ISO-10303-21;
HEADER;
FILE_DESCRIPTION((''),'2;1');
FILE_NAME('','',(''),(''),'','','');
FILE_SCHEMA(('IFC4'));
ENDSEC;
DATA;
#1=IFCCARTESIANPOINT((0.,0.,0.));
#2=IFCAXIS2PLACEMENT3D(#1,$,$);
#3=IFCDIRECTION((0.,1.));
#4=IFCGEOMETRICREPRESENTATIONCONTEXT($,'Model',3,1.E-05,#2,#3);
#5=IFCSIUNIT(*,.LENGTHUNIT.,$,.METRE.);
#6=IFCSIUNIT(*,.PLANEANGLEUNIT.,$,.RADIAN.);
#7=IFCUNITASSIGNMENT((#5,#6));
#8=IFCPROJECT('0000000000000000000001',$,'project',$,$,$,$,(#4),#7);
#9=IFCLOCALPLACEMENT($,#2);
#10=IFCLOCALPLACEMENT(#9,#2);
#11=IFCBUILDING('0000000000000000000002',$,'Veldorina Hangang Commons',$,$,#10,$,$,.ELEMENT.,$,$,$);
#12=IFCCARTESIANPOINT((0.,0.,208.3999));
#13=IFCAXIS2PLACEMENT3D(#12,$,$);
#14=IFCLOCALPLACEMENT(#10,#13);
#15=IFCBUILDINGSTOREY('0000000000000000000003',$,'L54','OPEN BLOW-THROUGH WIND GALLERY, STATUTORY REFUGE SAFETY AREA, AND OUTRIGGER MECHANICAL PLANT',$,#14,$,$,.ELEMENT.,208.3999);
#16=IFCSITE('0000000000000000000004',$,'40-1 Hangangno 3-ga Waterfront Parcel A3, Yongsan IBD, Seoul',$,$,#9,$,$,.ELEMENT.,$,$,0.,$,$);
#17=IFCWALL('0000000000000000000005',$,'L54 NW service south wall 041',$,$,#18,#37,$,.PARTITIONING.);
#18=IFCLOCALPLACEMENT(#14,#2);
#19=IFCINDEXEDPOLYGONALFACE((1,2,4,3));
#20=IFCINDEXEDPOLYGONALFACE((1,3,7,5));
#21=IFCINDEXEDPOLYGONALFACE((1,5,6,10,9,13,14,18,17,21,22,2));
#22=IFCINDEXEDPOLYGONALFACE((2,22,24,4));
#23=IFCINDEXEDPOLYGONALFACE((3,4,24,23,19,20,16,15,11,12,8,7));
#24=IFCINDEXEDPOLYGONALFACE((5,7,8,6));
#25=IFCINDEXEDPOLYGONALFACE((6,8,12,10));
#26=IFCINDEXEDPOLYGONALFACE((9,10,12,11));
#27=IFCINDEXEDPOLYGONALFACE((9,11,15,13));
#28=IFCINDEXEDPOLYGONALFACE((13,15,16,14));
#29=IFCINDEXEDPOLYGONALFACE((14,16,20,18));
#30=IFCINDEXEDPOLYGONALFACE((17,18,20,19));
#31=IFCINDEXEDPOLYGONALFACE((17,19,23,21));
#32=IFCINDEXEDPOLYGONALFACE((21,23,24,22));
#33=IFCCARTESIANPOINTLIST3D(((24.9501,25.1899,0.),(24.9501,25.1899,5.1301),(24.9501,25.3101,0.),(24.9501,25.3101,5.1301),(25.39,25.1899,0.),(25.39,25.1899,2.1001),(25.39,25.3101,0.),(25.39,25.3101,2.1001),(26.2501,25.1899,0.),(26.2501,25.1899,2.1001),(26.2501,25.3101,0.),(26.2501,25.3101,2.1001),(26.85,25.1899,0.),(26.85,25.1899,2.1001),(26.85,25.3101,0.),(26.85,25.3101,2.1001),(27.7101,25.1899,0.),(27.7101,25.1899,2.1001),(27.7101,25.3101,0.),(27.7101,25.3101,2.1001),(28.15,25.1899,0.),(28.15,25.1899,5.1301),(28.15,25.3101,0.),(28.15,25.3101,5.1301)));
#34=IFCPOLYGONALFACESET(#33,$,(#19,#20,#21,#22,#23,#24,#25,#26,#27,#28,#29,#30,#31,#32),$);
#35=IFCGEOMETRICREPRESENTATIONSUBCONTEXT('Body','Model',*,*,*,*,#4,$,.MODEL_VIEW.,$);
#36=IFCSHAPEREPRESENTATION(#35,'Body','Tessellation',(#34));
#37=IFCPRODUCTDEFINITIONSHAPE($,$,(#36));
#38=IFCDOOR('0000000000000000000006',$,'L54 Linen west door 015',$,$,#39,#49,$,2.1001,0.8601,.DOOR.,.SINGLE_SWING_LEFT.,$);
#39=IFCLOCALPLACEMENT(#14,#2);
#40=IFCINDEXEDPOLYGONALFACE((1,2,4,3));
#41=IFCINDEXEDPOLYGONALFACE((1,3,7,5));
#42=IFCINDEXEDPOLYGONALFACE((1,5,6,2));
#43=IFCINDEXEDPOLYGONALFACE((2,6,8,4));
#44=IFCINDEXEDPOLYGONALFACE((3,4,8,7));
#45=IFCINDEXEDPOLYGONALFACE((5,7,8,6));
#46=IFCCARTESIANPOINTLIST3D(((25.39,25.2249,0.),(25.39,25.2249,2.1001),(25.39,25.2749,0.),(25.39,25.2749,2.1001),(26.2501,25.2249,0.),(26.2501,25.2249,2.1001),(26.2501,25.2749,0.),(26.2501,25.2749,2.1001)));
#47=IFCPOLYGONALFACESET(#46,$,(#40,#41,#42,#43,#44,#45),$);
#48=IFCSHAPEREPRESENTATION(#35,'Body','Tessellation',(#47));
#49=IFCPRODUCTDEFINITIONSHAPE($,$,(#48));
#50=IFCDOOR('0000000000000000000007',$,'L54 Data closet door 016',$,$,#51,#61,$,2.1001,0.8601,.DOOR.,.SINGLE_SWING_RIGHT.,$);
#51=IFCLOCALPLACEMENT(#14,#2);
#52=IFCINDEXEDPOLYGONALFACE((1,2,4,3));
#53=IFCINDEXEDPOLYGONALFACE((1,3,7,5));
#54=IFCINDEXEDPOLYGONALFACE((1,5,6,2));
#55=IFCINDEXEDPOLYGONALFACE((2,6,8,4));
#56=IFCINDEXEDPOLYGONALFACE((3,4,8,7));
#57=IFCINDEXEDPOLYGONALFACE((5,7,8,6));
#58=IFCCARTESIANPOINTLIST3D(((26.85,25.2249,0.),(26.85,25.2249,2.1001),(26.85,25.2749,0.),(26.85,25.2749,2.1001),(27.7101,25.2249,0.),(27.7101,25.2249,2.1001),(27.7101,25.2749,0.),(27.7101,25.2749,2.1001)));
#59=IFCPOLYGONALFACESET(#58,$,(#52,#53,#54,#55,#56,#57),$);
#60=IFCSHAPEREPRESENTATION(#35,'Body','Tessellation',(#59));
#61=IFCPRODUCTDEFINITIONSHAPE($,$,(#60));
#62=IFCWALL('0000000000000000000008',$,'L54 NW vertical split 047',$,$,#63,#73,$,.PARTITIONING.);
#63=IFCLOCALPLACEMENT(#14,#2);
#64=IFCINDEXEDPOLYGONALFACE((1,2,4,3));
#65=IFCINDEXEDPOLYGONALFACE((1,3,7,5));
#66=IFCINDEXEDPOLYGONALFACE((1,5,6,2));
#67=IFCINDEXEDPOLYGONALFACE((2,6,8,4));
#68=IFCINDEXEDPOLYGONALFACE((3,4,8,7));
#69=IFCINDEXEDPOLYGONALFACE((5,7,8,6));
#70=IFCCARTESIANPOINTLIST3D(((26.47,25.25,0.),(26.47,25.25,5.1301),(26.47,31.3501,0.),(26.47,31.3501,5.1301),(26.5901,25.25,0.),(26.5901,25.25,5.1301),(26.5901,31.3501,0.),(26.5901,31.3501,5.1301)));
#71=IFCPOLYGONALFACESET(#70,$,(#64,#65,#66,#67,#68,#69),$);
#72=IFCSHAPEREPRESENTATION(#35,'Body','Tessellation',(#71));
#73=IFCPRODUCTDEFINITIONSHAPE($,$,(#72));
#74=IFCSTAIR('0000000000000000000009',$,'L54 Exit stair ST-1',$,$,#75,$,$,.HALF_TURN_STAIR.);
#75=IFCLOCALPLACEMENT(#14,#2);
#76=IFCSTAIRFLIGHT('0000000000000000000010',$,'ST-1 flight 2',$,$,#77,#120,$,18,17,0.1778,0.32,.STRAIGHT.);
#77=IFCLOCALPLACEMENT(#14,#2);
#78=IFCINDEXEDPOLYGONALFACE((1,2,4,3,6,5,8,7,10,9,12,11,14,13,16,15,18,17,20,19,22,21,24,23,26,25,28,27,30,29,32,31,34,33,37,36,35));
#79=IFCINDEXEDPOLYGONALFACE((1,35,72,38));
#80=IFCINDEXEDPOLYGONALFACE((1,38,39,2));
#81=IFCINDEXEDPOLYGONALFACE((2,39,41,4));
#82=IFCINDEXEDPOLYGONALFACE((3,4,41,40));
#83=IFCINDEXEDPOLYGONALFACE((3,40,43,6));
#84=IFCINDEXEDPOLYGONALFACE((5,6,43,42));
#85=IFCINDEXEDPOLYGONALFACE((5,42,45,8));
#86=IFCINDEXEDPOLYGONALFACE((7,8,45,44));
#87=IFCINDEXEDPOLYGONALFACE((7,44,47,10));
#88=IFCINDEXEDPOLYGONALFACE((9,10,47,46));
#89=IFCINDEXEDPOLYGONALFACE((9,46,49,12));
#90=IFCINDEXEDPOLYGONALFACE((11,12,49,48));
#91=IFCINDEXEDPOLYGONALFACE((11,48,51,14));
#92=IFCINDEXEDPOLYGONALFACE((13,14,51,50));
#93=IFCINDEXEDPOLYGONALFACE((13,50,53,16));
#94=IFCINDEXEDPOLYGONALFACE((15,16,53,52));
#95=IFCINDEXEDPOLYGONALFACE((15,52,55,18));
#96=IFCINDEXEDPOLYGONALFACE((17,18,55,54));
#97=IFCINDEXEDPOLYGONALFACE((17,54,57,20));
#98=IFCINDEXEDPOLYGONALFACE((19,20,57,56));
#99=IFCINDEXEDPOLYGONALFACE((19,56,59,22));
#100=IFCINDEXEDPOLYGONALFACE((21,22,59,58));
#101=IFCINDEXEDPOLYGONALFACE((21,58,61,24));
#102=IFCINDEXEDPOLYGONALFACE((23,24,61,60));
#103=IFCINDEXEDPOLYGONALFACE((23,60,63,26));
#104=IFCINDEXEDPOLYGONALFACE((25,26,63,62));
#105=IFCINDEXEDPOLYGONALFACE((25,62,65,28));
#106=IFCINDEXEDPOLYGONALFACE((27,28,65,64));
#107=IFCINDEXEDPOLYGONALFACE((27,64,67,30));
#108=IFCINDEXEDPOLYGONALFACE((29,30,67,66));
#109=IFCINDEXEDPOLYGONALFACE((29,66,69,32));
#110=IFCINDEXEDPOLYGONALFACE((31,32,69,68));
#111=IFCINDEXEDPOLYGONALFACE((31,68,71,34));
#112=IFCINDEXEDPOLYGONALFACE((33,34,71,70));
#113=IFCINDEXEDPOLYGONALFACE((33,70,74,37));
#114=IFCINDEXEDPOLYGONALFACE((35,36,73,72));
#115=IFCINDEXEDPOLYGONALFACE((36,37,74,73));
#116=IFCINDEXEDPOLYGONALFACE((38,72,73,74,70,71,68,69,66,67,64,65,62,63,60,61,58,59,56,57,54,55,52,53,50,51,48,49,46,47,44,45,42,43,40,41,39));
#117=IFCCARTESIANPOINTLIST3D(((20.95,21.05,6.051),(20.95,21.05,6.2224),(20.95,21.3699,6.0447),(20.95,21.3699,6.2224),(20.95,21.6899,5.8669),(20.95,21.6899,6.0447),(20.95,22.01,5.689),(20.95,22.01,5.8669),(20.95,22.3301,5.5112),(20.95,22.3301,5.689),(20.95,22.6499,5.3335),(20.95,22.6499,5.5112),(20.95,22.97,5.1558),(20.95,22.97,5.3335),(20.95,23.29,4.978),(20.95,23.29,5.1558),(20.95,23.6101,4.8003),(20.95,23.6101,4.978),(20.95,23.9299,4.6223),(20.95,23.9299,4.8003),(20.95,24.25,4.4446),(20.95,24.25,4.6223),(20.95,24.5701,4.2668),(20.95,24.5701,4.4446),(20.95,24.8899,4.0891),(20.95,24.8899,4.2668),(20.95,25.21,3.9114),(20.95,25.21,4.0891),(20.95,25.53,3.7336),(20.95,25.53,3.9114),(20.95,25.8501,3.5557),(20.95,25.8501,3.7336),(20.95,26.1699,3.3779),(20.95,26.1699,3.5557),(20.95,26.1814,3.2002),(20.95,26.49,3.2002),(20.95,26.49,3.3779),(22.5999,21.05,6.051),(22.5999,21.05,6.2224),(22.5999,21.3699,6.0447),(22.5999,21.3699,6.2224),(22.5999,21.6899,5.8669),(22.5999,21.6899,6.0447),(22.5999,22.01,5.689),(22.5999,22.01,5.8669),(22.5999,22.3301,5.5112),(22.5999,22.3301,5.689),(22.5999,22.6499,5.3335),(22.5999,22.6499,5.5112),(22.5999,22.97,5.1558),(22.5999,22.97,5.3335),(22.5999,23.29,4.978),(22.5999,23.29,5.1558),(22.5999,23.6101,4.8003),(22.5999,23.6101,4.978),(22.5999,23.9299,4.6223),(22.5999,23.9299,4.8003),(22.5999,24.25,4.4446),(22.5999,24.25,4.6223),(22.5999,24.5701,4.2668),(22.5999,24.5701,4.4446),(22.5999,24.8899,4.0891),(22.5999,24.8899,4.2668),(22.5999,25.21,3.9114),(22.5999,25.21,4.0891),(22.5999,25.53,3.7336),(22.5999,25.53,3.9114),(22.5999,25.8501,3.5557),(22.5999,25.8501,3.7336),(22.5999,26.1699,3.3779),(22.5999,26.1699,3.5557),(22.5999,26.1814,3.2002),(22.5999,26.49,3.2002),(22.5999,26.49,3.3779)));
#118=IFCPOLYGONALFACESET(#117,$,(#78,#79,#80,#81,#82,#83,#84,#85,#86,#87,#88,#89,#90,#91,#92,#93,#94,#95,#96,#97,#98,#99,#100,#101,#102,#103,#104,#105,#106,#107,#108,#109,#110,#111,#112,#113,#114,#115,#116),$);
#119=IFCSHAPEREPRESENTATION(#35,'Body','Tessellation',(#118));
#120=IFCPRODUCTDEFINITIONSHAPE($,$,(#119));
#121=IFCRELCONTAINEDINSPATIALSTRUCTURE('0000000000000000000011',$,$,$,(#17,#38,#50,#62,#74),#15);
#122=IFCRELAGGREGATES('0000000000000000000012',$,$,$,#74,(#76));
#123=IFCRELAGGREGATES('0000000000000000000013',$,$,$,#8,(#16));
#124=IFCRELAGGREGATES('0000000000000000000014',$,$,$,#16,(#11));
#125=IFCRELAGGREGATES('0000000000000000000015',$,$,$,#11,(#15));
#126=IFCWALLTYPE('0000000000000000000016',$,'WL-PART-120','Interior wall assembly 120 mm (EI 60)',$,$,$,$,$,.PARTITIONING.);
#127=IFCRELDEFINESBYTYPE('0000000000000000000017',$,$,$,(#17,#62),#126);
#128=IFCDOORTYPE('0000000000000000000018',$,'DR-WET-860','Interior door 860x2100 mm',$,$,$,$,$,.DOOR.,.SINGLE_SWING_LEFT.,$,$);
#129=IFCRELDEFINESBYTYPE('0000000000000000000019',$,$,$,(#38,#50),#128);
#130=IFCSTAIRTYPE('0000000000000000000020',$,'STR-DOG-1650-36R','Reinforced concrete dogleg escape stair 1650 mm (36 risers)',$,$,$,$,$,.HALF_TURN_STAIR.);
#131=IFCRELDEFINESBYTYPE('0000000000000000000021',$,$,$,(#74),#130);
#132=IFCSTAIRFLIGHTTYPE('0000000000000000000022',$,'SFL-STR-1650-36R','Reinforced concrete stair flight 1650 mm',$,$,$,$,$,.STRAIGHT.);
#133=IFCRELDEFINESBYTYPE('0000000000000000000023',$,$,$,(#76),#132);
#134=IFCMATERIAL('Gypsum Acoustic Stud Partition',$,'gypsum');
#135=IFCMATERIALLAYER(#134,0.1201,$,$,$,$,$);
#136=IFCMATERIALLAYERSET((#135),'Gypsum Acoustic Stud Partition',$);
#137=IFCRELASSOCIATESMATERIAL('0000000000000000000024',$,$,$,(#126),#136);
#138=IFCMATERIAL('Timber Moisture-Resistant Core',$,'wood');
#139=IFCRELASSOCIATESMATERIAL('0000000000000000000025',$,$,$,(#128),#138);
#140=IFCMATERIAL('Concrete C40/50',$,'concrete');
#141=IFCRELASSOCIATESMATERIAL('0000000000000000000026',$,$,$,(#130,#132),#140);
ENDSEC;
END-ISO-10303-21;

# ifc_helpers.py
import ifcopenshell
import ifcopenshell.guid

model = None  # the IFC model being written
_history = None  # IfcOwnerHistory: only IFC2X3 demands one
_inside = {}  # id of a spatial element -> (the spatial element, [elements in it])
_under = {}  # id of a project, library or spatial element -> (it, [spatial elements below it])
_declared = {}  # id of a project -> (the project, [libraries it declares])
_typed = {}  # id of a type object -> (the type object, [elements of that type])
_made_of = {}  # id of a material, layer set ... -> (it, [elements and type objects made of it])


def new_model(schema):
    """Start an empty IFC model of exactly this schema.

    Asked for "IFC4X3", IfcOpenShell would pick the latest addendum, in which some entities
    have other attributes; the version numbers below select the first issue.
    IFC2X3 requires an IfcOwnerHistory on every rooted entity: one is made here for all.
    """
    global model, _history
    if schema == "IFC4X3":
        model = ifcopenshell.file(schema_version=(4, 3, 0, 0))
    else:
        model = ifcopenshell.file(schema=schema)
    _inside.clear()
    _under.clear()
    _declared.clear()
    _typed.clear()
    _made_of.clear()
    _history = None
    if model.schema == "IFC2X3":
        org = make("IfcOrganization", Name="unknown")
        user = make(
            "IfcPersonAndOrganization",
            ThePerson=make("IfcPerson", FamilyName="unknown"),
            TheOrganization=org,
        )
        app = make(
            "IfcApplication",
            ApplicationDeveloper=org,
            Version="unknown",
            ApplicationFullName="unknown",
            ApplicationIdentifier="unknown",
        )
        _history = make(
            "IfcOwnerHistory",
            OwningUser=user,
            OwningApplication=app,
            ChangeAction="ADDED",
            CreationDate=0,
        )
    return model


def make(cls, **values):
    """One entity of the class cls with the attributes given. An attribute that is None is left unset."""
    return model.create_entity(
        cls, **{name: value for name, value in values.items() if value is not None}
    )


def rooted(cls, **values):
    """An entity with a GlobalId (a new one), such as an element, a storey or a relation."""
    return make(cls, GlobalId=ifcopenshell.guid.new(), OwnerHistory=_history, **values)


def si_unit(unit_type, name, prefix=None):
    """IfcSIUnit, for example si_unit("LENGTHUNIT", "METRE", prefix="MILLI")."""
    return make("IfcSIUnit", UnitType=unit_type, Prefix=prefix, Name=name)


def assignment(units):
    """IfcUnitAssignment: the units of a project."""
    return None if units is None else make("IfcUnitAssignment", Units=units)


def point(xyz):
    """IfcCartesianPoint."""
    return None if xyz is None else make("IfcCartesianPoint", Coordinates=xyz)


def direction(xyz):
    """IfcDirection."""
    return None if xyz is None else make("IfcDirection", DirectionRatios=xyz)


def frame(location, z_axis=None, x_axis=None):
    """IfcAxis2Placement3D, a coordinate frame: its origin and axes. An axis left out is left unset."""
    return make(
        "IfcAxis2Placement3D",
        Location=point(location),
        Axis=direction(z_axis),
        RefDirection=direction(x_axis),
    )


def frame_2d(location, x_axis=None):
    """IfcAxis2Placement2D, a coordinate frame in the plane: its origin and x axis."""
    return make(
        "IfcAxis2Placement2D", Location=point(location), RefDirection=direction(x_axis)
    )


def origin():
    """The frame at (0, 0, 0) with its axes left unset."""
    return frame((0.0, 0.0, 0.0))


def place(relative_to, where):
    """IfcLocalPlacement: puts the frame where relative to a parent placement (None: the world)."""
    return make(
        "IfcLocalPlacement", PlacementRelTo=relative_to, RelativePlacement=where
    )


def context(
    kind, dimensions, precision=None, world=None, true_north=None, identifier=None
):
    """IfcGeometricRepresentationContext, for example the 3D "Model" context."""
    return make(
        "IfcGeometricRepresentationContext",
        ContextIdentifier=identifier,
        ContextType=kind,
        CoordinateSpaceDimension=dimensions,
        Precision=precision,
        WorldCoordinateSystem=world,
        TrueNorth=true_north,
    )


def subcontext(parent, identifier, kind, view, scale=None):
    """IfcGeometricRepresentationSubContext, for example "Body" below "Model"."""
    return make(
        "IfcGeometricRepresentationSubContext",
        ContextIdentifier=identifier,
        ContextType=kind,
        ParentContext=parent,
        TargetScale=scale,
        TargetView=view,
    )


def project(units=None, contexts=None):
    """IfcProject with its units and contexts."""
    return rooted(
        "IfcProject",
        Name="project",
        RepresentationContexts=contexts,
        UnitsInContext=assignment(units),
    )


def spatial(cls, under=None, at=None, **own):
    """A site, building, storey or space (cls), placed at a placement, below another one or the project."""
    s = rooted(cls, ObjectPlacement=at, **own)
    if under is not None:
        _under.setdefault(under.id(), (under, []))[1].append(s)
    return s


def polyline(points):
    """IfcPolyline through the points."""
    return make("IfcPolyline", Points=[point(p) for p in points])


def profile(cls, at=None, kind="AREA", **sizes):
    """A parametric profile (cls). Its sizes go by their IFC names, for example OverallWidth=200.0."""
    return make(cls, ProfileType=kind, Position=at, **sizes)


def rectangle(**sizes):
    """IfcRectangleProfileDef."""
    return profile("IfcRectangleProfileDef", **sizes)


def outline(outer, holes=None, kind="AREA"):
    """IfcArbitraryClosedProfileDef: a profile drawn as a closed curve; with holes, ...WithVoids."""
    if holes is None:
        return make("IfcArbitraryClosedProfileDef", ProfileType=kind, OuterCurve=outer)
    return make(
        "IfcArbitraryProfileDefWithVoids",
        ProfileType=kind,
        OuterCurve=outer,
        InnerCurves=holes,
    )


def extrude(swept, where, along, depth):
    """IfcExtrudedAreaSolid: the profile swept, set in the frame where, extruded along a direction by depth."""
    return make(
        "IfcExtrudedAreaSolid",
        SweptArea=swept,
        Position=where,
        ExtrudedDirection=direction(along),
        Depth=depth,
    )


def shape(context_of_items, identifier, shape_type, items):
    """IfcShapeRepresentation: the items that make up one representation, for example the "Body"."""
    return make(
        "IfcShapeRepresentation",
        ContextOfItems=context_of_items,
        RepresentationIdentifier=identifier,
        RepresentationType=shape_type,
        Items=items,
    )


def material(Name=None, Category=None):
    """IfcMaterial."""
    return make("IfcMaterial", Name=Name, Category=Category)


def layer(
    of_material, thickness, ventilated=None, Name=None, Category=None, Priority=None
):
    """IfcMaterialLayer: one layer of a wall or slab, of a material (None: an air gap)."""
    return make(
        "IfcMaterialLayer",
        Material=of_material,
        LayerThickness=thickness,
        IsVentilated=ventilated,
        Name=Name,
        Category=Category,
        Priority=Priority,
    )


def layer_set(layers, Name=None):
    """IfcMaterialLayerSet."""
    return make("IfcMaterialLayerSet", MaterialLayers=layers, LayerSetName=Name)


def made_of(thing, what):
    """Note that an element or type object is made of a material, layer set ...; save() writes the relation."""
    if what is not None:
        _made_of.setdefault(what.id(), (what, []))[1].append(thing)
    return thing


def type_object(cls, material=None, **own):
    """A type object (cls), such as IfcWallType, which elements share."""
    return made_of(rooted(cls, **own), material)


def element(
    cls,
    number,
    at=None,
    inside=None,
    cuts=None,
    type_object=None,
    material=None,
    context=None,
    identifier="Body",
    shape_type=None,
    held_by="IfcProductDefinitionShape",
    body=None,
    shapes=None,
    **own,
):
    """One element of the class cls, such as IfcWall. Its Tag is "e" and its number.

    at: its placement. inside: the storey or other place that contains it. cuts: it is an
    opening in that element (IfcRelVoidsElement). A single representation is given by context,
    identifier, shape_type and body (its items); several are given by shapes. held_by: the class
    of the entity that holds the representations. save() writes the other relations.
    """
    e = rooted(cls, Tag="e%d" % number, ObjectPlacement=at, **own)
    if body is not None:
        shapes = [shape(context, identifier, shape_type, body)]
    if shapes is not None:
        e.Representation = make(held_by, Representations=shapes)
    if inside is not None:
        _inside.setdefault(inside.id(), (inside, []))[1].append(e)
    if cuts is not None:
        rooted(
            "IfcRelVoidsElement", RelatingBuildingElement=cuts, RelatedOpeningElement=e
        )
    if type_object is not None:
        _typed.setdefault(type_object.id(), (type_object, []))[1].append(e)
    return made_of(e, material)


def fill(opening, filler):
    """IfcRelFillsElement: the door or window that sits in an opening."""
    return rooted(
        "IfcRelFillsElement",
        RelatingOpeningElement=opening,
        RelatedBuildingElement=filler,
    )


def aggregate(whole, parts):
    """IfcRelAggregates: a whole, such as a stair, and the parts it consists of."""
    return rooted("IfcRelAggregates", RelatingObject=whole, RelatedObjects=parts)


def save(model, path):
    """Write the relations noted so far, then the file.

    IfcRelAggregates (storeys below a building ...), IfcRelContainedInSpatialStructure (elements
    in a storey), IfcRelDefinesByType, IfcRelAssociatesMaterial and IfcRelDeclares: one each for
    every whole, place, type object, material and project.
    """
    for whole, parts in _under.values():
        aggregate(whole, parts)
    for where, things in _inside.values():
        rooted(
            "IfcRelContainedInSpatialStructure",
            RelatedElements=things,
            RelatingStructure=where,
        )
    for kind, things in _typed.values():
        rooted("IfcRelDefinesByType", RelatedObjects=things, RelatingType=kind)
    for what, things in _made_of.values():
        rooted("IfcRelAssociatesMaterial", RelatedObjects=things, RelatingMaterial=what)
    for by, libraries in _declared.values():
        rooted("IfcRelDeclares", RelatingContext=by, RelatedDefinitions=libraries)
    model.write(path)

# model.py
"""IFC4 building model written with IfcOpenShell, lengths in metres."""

from ifc_helpers import new_model, si_unit, direction, frame, frame_2d, origin, place, context, subcontext, project, spatial, polyline, rectangle, outline, extrude, material, layer, layer_set, type_object, element, fill, aggregate, save


model = new_model("IFC4")

# Units and contexts
model_context = context("Model", 3, precision=1e-05, world=origin(), true_north=direction((0.0, 1.0)))
body_context = subcontext(model_context, "Body", "Model", "MODEL_VIEW")
ifc_project = project(units=[si_unit("LENGTHUNIT", "METRE"), si_unit("PLANEANGLEUNIT", "RADIAN")], contexts=[model_context])

# Site, building, storey
site_placement = place(None, origin())
site = spatial("IfcSite", under=ifc_project, at=site_placement, Name="40-1 Hangangno 3-ga Waterfront Parcel A3, Yongsan IBD, Seoul", CompositionType="ELEMENT", RefElevation=0.0)
building_placement = place(site_placement, origin())
building = spatial("IfcBuilding", under=site, at=building_placement, Name="Veldorina Hangang Commons", CompositionType="ELEMENT")
storey_placement = place(building_placement, frame((0.0, 0.0, 208.3999)))
storey = spatial("IfcBuildingStorey", under=building, at=storey_placement, Name="L54", Description="OPEN BLOW-THROUGH WIND GALLERY, STATUTORY REFUGE SAFETY AREA, AND OUTRIGGER MECHANICAL PLANT", CompositionType="ELEMENT", Elevation=208.3999)

# Shared definitions
ifc_material_1 = material(Name="Gypsum Acoustic Stud Partition", Category="gypsum")
ifc_layer_1 = layer(ifc_material_1, 0.1201)
ifc_layer_set_1 = layer_set([ifc_layer_1], Name="Gypsum Acoustic Stud Partition")
wall_type_1 = type_object("IfcWallType", Name="WL-PART-120", Description="Interior wall assembly 120 mm (EI 60)", PredefinedType="PARTITIONING", material=ifc_layer_set_1)

# Wall, openings, doors
wall_1_placement = place(storey_placement, frame((24.95, 25.25, 0.0), z_axis=(0.0, 0.0, 1.0), x_axis=(1.0, 0.0, 0.0)))
wall_1 = element("IfcWall", 1, at=wall_1_placement, inside=storey, type_object=wall_type_1, Name="L54 NW service south wall 041", PredefinedType="PARTITIONING", context=body_context, shape_type="SweptSolid", body=[
    extrude(rectangle(XDim=3.2, YDim=0.1201, at=frame_2d((1.6001, 0.0))), origin(), (0.0, 0.0, 1.0), 5.1301),
])
opening_1_placement = place(wall_1_placement, frame((0.4399, 0.0, 0.0)))
opening_1 = element("IfcOpeningElement", 2, at=opening_1_placement, cuts=wall_1, PredefinedType="OPENING", context=body_context, shape_type="SweptSolid", body=[
    extrude(rectangle(XDim=0.8601, YDim=2.1001, at=frame_2d((0.4302, 1.05))), frame((0.0, 0.0701, 0.0), z_axis=(0.0, -1.0, 0.0), x_axis=(1.0, 0.0, 0.0)), (0.0, 0.0, 1.0), 0.1401),
])
opening_2_placement = place(wall_1_placement, frame((1.8999, 0.0, 0.0)))
opening_2 = element("IfcOpeningElement", 3, at=opening_2_placement, cuts=wall_1, PredefinedType="OPENING", context=body_context, shape_type="SweptSolid", body=[
    extrude(rectangle(XDim=0.8601, YDim=2.1001, at=frame_2d((0.4302, 1.05))), frame((0.0, 0.0701, 0.0), z_axis=(0.0, -1.0, 0.0), x_axis=(1.0, 0.0, 0.0)), (0.0, 0.0, 1.0), 0.1401),
])
ifc_material_2 = material(Name="Timber Moisture-Resistant Core", Category="wood")
door_type_1 = type_object("IfcDoorType", Name="DR-WET-860", Description="Interior door 860x2100 mm", OperationType="SINGLE_SWING_LEFT", PredefinedType="DOOR", material=ifc_material_2)
door_1_placement = place(opening_1_placement, origin())
door_1 = element("IfcDoor", 4, at=door_1_placement, inside=storey, type_object=door_type_1, Name="L54 Linen west door 015", OperationType="SINGLE_SWING_LEFT", OverallHeight=2.1001, OverallWidth=0.8601, PredefinedType="DOOR", context=body_context, shape_type="SweptSolid", body=[
    extrude(rectangle(XDim=0.8601, YDim=2.1001, at=frame_2d((0.4302, 1.05))), frame((0.0, 0.0249, 0.0), z_axis=(0.0, -1.0, 0.0), x_axis=(1.0, 0.0, 0.0)), (0.0, 0.0, 1.0), 0.05),
])
fill(opening_1, door_1)
door_2_placement = place(opening_2_placement, origin())
door_2 = element("IfcDoor", 5, at=door_2_placement, inside=storey, type_object=door_type_1, Name="L54 Data closet door 016", OperationType="SINGLE_SWING_RIGHT", OverallHeight=2.1001, OverallWidth=0.8601, PredefinedType="DOOR", context=body_context, shape_type="SweptSolid", body=[
    extrude(rectangle(XDim=0.8601, YDim=2.1001, at=frame_2d((0.4302, 1.05))), frame((0.0, 0.0249, 0.0), z_axis=(0.0, -1.0, 0.0), x_axis=(1.0, 0.0, 0.0)), (0.0, 0.0, 1.0), 0.05),
])
fill(opening_2, door_2)

# Wall
wall_2_placement = place(storey_placement, frame((26.53, 25.25, 0.0), z_axis=(0.0, 0.0, 1.0), x_axis=(0.0, 1.0, 0.0)))
element("IfcWall", 6, at=wall_2_placement, inside=storey, type_object=wall_type_1, Name="L54 NW vertical split 047", PredefinedType="PARTITIONING", context=body_context, shape_type="SweptSolid", body=[
    extrude(rectangle(XDim=6.1001, YDim=0.1201, at=frame_2d((3.05, 0.0))), origin(), (0.0, 0.0, 1.0), 5.1301),
])

# Stair, stair flight
ifc_material_3 = material(Name="Concrete C40/50", Category="concrete")
stair_type = type_object("IfcStairType", Name="STR-DOG-1650-36R", Description="Reinforced concrete dogleg escape stair 1650 mm (36 risers)", PredefinedType="HALF_TURN_STAIR", material=ifc_material_3)
stair_placement = place(storey_placement, origin())
stair = element("IfcStair", 7, at=stair_placement, inside=storey, type_object=stair_type, Name="L54 Exit stair ST-1", PredefinedType="HALF_TURN_STAIR")
stair_flight_type = type_object("IfcStairFlightType", Name="SFL-STR-1650-36R", Description="Reinforced concrete stair flight 1650 mm", PredefinedType="STRAIGHT", material=ifc_material_3)
stair_flight_placement = place(storey_placement, frame((21.7749, 26.49, 3.2002), z_axis=(0.0, 0.0, 1.0), x_axis=(0.0, -1.0, 0.0)))
stair_flight = element("IfcStairFlight", 8, at=stair_flight_placement, type_object=stair_flight_type, Name="ST-1 flight 2", NumberOfRisers=18, NumberOfTreads=17, PredefinedType="STRAIGHT", RiserHeight=0.1778, TreadLength=0.32, context=body_context, shape_type="SweptSolid", body=[
    extrude(outline(polyline([(0.0, 0.0), (0.0, 0.1777), (0.3201, 0.1777), (0.3201, 0.3555), (0.6399, 0.3555), (0.6399, 0.5334), (0.96, 0.5334), (0.96, 0.7112), (1.28, 0.7112), (1.28, 0.8889), (1.6001, 0.8889), (1.6001, 1.0667), (1.9199, 1.0667), (1.9199, 1.2444), (2.24, 1.2444), (2.24, 1.4221), (2.5601, 1.4221), (2.5601, 1.6001), (2.8799, 1.6001), (2.8799, 1.7778), (3.2, 1.7778), (3.2, 1.9556), (3.52, 1.9556), (3.52, 2.1333), (3.8401, 2.1333), (3.8401, 2.311), (4.1599, 2.311), (4.1599, 2.4888), (4.48, 2.4888), (4.48, 2.6667), (4.8, 2.6667), (4.8, 2.8445), (5.1201, 2.8445), (5.1201, 3.0222), (5.4399, 3.0222), (5.4399, 3.2), (5.4399, 2.8508), (0.3086, 0.0), (0.0, 0.0)])), frame((0.0, 0.825, 0.0), z_axis=(0.0, -1.0, 0.0), x_axis=(1.0, 0.0, 0.0)), (0.0, 0.0, 1.0), 1.6499),
])
aggregate(stair, [stair_flight])

save(model, "model.ifc")
